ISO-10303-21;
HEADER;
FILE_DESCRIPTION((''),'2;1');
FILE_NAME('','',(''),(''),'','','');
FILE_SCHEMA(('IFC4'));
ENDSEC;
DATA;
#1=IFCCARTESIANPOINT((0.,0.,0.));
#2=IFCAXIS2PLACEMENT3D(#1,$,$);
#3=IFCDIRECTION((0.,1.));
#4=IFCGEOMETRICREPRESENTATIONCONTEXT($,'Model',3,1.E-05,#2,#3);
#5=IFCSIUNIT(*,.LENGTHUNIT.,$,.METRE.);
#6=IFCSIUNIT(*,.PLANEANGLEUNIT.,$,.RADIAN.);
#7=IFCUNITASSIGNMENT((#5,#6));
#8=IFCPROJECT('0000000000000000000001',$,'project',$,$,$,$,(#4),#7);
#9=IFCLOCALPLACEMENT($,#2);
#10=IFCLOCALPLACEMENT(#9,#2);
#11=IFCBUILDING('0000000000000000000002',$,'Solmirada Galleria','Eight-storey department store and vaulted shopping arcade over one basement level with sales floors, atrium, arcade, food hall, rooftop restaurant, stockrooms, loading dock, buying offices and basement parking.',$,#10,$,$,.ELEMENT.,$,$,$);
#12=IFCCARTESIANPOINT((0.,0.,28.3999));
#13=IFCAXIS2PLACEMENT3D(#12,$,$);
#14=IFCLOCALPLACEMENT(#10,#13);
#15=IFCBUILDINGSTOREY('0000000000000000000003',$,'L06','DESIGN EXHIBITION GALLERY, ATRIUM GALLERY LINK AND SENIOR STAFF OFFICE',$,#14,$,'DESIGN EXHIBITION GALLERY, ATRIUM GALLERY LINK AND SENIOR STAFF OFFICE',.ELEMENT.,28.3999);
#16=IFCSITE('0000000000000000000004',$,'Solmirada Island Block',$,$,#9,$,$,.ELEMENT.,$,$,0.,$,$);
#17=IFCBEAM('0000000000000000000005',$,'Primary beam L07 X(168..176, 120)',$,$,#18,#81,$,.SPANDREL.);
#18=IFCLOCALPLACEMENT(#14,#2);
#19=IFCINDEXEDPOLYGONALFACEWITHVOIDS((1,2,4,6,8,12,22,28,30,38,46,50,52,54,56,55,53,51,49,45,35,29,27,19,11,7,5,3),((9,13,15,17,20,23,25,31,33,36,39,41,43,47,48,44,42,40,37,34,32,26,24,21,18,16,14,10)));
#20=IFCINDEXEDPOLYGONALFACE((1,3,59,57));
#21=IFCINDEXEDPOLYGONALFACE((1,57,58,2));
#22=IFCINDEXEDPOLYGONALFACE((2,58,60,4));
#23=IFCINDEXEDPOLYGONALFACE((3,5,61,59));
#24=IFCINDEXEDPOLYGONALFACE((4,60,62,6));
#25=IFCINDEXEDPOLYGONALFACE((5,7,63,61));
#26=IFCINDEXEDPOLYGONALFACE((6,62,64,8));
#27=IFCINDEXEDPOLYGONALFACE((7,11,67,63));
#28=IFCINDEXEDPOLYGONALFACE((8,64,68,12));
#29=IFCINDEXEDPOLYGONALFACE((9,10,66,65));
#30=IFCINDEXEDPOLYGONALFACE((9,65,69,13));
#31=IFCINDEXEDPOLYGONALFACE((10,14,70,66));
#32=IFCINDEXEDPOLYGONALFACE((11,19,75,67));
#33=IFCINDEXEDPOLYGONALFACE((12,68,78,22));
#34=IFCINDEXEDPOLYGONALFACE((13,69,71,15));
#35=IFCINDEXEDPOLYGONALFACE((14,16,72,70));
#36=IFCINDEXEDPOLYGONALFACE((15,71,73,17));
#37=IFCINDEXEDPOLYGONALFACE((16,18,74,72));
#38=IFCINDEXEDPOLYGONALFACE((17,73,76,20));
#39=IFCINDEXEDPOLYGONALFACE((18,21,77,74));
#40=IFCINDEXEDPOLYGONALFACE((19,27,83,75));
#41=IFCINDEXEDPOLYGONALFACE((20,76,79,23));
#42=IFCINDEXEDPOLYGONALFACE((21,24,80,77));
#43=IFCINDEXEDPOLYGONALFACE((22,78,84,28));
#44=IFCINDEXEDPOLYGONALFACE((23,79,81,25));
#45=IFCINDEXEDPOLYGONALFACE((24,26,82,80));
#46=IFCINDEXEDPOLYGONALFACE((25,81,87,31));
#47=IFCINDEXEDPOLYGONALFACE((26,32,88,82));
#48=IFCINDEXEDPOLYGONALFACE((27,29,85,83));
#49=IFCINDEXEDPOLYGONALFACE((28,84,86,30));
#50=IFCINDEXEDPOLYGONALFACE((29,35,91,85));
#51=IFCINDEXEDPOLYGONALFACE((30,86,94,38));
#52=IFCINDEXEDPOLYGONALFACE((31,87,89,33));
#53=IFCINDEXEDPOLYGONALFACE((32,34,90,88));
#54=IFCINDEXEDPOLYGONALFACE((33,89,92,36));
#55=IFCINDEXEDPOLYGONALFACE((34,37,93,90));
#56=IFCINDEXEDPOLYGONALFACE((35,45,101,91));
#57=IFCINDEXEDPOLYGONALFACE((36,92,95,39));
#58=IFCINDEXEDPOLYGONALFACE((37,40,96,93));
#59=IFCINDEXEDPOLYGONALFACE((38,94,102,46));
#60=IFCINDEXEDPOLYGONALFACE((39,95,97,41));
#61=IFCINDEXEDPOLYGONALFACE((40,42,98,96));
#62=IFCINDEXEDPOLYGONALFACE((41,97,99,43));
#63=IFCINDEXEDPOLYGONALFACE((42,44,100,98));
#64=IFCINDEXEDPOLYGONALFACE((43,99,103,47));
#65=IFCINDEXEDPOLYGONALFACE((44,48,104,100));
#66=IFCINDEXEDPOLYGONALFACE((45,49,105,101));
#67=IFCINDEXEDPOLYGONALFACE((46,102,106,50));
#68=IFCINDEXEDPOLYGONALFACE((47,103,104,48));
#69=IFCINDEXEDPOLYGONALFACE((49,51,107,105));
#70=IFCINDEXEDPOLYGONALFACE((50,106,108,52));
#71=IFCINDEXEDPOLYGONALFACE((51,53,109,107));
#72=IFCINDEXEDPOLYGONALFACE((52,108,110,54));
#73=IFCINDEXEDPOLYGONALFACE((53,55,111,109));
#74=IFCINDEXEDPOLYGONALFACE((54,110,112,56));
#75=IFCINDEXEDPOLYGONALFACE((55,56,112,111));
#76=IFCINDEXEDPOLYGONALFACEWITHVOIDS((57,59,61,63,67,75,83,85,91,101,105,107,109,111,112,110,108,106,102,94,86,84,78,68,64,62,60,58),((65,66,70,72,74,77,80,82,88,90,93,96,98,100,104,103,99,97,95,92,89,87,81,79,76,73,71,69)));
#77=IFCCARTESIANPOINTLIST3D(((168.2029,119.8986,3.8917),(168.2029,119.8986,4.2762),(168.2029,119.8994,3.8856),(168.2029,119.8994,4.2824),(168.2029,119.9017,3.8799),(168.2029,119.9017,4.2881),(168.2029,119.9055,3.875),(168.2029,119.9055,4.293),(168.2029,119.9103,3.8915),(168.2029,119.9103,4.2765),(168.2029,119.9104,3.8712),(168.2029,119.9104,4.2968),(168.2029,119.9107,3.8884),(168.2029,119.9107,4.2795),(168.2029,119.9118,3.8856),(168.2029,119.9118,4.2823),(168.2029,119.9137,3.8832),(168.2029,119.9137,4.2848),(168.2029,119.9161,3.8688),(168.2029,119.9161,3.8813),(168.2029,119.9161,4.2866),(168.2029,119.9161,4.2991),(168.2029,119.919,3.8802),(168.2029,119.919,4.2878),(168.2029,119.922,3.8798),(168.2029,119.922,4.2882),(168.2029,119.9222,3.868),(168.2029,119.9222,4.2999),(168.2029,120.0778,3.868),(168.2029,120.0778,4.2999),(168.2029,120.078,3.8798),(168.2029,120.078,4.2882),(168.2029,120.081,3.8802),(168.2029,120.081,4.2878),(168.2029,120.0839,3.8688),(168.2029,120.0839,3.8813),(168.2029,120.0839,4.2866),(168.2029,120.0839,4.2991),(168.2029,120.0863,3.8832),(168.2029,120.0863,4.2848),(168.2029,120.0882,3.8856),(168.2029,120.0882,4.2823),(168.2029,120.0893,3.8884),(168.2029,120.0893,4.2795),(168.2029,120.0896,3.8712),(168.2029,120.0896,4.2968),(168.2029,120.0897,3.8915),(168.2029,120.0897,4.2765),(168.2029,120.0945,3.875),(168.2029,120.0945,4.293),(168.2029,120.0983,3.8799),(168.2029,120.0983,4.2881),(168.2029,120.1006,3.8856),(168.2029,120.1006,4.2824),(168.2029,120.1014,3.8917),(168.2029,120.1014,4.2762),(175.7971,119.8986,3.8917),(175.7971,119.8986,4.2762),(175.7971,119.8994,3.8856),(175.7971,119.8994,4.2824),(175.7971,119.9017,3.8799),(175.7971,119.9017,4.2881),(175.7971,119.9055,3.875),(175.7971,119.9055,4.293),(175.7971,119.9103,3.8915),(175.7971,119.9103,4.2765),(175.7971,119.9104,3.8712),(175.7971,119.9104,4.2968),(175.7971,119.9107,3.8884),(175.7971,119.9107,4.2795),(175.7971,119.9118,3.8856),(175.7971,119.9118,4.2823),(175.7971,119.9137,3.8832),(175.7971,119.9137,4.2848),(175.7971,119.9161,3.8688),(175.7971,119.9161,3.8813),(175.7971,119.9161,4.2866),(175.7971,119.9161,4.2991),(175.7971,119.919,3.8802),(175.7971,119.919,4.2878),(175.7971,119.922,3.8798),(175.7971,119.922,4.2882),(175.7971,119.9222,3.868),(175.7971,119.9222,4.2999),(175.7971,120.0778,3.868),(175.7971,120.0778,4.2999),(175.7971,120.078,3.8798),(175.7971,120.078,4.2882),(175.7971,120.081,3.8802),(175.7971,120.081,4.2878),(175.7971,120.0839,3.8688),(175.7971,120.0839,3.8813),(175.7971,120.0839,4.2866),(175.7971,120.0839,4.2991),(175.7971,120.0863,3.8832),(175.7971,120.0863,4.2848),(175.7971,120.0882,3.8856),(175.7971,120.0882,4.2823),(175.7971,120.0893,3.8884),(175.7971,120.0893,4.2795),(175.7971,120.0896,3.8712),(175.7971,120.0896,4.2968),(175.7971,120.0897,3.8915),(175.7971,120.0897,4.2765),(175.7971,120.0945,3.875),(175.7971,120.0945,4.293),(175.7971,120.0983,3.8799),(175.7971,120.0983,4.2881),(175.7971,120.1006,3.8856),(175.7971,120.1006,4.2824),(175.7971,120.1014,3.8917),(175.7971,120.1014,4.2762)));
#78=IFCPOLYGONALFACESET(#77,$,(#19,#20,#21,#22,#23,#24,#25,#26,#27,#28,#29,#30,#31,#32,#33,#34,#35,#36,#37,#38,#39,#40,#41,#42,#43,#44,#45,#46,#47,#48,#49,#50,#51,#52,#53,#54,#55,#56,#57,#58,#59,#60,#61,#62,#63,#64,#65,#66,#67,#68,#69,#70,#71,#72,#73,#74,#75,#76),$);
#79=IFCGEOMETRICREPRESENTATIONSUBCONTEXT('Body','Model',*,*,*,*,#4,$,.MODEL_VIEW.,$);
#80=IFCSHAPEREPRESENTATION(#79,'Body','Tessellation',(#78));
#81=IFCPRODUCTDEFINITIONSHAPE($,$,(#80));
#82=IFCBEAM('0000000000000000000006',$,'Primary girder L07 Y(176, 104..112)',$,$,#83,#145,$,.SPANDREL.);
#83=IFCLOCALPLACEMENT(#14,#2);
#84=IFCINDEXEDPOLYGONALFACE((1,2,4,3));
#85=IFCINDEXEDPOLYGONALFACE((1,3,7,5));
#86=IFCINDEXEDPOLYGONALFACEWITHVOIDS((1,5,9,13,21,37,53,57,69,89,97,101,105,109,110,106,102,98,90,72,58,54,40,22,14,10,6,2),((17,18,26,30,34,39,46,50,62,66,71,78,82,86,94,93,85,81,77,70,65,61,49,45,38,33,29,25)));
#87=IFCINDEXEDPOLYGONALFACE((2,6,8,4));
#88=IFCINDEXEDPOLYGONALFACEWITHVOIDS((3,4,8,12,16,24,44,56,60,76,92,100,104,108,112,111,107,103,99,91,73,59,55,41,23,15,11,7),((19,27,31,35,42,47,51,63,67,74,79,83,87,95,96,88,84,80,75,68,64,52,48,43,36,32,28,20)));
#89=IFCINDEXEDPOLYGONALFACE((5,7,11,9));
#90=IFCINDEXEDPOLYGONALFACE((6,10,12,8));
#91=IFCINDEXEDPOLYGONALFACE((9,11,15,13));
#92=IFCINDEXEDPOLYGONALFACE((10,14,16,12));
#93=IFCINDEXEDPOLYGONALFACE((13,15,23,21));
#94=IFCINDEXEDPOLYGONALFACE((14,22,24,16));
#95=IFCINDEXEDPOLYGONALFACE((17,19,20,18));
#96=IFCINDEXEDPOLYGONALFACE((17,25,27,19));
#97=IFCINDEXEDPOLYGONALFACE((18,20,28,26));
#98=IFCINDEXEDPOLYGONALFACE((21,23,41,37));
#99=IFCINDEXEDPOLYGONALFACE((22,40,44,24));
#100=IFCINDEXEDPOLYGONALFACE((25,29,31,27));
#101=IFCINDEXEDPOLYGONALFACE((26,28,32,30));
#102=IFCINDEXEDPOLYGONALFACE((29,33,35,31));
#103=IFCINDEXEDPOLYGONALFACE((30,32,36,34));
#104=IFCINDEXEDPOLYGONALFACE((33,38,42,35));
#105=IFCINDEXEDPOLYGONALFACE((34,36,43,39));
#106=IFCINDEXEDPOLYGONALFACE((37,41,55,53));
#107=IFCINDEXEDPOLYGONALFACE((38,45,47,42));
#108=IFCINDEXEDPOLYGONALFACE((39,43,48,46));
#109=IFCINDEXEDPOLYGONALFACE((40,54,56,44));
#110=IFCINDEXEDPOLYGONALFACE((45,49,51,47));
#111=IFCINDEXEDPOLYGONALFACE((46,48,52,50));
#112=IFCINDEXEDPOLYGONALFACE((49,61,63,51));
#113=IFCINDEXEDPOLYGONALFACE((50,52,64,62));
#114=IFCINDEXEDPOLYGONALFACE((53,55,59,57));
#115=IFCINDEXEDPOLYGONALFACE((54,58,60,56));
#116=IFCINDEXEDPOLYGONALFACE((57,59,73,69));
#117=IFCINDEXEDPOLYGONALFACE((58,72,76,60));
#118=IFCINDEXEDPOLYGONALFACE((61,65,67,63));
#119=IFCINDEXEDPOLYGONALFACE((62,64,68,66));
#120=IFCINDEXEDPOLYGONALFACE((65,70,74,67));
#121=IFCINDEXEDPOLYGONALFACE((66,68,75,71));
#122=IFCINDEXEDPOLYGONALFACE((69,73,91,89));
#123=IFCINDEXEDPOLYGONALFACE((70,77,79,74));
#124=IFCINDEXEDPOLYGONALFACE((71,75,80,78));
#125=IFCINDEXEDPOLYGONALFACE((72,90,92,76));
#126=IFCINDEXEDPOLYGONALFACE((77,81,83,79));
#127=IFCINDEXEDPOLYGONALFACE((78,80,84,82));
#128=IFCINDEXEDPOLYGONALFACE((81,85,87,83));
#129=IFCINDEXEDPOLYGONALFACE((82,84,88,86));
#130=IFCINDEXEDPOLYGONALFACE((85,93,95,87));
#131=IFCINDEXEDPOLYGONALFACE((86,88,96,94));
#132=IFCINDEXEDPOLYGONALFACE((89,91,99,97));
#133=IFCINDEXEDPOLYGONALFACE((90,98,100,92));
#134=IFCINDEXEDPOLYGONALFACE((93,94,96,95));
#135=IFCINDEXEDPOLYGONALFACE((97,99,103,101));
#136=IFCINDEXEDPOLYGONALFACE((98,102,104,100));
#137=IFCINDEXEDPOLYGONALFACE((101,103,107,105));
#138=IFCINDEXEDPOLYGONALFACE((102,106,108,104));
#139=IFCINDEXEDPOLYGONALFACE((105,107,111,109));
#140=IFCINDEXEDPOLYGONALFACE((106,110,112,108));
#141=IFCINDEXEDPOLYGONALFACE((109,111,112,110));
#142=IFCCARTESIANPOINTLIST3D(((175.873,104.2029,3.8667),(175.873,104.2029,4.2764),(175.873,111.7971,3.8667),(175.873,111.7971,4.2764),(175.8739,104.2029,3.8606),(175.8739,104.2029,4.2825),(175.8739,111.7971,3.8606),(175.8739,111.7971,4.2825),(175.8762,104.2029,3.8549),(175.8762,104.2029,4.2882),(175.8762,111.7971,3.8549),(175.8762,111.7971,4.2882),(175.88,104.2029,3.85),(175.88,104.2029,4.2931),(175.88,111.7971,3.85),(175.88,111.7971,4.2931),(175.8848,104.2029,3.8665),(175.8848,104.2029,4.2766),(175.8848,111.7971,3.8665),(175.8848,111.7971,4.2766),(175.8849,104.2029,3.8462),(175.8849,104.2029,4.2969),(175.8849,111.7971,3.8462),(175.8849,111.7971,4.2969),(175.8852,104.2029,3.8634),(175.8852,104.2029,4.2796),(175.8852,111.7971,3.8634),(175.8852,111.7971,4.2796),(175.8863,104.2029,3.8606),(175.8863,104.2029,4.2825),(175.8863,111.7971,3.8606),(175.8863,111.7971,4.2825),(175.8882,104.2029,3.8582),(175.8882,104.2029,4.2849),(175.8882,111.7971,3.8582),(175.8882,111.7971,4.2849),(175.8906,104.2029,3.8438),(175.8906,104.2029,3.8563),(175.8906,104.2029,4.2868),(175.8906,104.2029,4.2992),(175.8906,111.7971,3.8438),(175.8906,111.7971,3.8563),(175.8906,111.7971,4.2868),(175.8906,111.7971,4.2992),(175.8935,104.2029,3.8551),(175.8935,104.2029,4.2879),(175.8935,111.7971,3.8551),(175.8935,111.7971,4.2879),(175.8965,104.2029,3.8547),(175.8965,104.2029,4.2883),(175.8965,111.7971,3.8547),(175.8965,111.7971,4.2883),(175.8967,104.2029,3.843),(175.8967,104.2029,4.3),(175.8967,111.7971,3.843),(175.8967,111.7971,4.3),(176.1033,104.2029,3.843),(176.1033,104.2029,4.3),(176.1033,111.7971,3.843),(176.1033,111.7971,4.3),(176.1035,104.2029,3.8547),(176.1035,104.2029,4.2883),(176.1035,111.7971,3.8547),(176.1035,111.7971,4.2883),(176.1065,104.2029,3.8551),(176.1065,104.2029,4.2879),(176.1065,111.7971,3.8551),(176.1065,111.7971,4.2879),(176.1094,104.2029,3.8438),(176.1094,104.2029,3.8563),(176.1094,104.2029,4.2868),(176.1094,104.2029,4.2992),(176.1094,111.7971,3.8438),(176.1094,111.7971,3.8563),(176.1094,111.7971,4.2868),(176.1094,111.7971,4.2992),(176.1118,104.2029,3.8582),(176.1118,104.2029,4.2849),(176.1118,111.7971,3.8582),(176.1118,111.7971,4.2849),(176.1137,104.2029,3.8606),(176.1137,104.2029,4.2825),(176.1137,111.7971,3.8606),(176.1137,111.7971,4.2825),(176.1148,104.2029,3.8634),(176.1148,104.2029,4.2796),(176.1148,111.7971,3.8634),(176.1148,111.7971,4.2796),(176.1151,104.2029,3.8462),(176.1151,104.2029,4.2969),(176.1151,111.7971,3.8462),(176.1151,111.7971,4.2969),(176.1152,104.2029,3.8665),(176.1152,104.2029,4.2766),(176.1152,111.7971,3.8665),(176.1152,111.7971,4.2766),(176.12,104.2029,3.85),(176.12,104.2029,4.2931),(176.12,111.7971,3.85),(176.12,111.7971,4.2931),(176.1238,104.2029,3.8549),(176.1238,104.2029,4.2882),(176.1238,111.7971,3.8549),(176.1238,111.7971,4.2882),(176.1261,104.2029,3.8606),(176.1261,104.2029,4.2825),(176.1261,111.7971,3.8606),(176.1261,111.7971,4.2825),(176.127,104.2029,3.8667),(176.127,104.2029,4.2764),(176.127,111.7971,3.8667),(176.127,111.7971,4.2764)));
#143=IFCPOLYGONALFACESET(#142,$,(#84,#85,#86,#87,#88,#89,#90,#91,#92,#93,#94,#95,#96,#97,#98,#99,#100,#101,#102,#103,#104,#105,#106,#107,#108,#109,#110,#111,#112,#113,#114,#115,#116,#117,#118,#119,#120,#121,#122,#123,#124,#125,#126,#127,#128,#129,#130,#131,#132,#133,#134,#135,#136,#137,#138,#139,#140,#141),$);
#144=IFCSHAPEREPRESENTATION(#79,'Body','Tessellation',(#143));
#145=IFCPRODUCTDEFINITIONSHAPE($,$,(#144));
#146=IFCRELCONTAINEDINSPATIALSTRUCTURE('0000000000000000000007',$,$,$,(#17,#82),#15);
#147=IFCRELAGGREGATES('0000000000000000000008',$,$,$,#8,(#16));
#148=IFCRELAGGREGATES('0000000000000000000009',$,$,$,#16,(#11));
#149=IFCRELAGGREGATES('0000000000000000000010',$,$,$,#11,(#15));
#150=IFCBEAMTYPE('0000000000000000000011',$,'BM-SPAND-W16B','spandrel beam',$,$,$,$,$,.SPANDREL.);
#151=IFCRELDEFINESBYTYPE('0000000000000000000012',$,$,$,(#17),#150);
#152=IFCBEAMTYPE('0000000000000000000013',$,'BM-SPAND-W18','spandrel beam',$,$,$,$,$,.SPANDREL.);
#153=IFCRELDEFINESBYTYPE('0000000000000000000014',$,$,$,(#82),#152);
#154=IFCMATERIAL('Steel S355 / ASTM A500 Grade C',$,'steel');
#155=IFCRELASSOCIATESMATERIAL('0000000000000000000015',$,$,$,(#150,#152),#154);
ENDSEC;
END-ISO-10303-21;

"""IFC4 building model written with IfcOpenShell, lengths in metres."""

from ifc_helpers import new_model, si_unit, direction, frame, origin, origin_2d, place, context, subcontext, project, spatial, hollow_rectangle, extrude, material, material_profile, profile_set, type_object, element, save


model = new_model("IFC4")

# Units and contexts
model_context = context("Model", 3, precision=1e-05, world=origin(), true_north=direction((0.0, 1.0)))
body_context = subcontext(model_context, "Body", "Model", "MODEL_VIEW")
ifc_project = project(units=[si_unit("LENGTHUNIT", "METRE"), si_unit("PLANEANGLEUNIT", "RADIAN")], contexts=[model_context])

# Site, building, storey
site_placement = place(None, origin())
site = spatial("IfcSite", under=ifc_project, at=site_placement, Name="Solmirada Island Block", CompositionType="ELEMENT", RefElevation=0.0)
building_placement = place(site_placement, origin())
building = spatial("IfcBuilding", under=site, at=building_placement, Name="Solmirada Galleria", Description="Eight-storey department store and vaulted shopping arcade over one basement level with sales floors, atrium, arcade, food hall, rooftop restaurant, stockrooms, loading dock, buying offices and basement parking.", CompositionType="ELEMENT")
storey_placement = place(building_placement, frame((0.0, 0.0, 28.3999)))
storey = spatial("IfcBuildingStorey", under=building, at=storey_placement, Name="L06", Description="DESIGN EXHIBITION GALLERY, ATRIUM GALLERY LINK AND SENIOR STAFF OFFICE", LongName="DESIGN EXHIBITION GALLERY, ATRIUM GALLERY LINK AND SENIOR STAFF OFFICE", CompositionType="ELEMENT", Elevation=28.3999)

# Shared definitions
ifc_material_1 = material(Name="Steel S355 / ASTM A500 Grade C", Category="steel")

# Beams
ifc_material_profile_1 = material_profile(ifc_material_1, hollow_rectangle(XDim=0.2029, YDim=0.4319, WallThickness=0.0117, InnerFilletRadius=0.0117, OuterFilletRadius=0.0237, at=origin_2d()), Name="HSS17X8X1/2")
ifc_profile_set_1 = profile_set([ifc_material_profile_1], Name="Steel S355 / ASTM A500 Grade C")
beam_type_1 = type_object("IfcBeamType", Name="BM-SPAND-W16B", Description="spandrel beam", PredefinedType="SPANDREL", material=ifc_profile_set_1)
beam_1_placement = place(storey_placement, frame((168.2029, 120.0, 4.084), z_axis=(1.0, 0.0, 0.0), x_axis=(0.0, 1.0, 0.0)))
element("IfcBeam", 1, at=beam_1_placement, inside=storey, type_object=beam_type_1, Name="Primary beam L07 X(168..176, 120)", PredefinedType="SPANDREL", context=body_context, shape_type="SweptSolid", body=[
    extrude(hollow_rectangle(XDim=0.2029, YDim=0.4319, WallThickness=0.0117, InnerFilletRadius=0.0117, OuterFilletRadius=0.0237, at=origin_2d()), origin(), (0.0, 0.0, 1.0), 7.5942),
])
ifc_material_profile_2 = material_profile(ifc_material_1, hollow_rectangle(XDim=0.2539, YDim=0.457, WallThickness=0.0117, InnerFilletRadius=0.0117, OuterFilletRadius=0.0237, at=origin_2d()), Name="HSS18X10X1/2")
ifc_profile_set_2 = profile_set([ifc_material_profile_2], Name="Steel S355 / ASTM A500 Grade C")
beam_type_2 = type_object("IfcBeamType", Name="BM-SPAND-W18", Description="spandrel beam", PredefinedType="SPANDREL", material=ifc_profile_set_2)
for number, where, z_axis, x_axis, name in (
    (2, (176.0, 104.2029, 4.0715), (0.0, 1.0, 0.0), (-1.0, 0.0, 0.0), "Primary girder L07 Y(176, 104..112)"),
):
    element("IfcBeam", number, at=place(storey_placement, frame(where, z_axis=z_axis, x_axis=x_axis)), inside=storey, type_object=beam_type_2, Name=name, PredefinedType="SPANDREL", context=body_context, shape_type="SweptSolid", body=[
        extrude(hollow_rectangle(XDim=0.2539, YDim=0.457, WallThickness=0.0117, InnerFilletRadius=0.0117, OuterFilletRadius=0.0237, at=origin_2d()), origin(), (0.0, 0.0, 1.0), 7.5942),
    ])

save(model, "model.ifc")
